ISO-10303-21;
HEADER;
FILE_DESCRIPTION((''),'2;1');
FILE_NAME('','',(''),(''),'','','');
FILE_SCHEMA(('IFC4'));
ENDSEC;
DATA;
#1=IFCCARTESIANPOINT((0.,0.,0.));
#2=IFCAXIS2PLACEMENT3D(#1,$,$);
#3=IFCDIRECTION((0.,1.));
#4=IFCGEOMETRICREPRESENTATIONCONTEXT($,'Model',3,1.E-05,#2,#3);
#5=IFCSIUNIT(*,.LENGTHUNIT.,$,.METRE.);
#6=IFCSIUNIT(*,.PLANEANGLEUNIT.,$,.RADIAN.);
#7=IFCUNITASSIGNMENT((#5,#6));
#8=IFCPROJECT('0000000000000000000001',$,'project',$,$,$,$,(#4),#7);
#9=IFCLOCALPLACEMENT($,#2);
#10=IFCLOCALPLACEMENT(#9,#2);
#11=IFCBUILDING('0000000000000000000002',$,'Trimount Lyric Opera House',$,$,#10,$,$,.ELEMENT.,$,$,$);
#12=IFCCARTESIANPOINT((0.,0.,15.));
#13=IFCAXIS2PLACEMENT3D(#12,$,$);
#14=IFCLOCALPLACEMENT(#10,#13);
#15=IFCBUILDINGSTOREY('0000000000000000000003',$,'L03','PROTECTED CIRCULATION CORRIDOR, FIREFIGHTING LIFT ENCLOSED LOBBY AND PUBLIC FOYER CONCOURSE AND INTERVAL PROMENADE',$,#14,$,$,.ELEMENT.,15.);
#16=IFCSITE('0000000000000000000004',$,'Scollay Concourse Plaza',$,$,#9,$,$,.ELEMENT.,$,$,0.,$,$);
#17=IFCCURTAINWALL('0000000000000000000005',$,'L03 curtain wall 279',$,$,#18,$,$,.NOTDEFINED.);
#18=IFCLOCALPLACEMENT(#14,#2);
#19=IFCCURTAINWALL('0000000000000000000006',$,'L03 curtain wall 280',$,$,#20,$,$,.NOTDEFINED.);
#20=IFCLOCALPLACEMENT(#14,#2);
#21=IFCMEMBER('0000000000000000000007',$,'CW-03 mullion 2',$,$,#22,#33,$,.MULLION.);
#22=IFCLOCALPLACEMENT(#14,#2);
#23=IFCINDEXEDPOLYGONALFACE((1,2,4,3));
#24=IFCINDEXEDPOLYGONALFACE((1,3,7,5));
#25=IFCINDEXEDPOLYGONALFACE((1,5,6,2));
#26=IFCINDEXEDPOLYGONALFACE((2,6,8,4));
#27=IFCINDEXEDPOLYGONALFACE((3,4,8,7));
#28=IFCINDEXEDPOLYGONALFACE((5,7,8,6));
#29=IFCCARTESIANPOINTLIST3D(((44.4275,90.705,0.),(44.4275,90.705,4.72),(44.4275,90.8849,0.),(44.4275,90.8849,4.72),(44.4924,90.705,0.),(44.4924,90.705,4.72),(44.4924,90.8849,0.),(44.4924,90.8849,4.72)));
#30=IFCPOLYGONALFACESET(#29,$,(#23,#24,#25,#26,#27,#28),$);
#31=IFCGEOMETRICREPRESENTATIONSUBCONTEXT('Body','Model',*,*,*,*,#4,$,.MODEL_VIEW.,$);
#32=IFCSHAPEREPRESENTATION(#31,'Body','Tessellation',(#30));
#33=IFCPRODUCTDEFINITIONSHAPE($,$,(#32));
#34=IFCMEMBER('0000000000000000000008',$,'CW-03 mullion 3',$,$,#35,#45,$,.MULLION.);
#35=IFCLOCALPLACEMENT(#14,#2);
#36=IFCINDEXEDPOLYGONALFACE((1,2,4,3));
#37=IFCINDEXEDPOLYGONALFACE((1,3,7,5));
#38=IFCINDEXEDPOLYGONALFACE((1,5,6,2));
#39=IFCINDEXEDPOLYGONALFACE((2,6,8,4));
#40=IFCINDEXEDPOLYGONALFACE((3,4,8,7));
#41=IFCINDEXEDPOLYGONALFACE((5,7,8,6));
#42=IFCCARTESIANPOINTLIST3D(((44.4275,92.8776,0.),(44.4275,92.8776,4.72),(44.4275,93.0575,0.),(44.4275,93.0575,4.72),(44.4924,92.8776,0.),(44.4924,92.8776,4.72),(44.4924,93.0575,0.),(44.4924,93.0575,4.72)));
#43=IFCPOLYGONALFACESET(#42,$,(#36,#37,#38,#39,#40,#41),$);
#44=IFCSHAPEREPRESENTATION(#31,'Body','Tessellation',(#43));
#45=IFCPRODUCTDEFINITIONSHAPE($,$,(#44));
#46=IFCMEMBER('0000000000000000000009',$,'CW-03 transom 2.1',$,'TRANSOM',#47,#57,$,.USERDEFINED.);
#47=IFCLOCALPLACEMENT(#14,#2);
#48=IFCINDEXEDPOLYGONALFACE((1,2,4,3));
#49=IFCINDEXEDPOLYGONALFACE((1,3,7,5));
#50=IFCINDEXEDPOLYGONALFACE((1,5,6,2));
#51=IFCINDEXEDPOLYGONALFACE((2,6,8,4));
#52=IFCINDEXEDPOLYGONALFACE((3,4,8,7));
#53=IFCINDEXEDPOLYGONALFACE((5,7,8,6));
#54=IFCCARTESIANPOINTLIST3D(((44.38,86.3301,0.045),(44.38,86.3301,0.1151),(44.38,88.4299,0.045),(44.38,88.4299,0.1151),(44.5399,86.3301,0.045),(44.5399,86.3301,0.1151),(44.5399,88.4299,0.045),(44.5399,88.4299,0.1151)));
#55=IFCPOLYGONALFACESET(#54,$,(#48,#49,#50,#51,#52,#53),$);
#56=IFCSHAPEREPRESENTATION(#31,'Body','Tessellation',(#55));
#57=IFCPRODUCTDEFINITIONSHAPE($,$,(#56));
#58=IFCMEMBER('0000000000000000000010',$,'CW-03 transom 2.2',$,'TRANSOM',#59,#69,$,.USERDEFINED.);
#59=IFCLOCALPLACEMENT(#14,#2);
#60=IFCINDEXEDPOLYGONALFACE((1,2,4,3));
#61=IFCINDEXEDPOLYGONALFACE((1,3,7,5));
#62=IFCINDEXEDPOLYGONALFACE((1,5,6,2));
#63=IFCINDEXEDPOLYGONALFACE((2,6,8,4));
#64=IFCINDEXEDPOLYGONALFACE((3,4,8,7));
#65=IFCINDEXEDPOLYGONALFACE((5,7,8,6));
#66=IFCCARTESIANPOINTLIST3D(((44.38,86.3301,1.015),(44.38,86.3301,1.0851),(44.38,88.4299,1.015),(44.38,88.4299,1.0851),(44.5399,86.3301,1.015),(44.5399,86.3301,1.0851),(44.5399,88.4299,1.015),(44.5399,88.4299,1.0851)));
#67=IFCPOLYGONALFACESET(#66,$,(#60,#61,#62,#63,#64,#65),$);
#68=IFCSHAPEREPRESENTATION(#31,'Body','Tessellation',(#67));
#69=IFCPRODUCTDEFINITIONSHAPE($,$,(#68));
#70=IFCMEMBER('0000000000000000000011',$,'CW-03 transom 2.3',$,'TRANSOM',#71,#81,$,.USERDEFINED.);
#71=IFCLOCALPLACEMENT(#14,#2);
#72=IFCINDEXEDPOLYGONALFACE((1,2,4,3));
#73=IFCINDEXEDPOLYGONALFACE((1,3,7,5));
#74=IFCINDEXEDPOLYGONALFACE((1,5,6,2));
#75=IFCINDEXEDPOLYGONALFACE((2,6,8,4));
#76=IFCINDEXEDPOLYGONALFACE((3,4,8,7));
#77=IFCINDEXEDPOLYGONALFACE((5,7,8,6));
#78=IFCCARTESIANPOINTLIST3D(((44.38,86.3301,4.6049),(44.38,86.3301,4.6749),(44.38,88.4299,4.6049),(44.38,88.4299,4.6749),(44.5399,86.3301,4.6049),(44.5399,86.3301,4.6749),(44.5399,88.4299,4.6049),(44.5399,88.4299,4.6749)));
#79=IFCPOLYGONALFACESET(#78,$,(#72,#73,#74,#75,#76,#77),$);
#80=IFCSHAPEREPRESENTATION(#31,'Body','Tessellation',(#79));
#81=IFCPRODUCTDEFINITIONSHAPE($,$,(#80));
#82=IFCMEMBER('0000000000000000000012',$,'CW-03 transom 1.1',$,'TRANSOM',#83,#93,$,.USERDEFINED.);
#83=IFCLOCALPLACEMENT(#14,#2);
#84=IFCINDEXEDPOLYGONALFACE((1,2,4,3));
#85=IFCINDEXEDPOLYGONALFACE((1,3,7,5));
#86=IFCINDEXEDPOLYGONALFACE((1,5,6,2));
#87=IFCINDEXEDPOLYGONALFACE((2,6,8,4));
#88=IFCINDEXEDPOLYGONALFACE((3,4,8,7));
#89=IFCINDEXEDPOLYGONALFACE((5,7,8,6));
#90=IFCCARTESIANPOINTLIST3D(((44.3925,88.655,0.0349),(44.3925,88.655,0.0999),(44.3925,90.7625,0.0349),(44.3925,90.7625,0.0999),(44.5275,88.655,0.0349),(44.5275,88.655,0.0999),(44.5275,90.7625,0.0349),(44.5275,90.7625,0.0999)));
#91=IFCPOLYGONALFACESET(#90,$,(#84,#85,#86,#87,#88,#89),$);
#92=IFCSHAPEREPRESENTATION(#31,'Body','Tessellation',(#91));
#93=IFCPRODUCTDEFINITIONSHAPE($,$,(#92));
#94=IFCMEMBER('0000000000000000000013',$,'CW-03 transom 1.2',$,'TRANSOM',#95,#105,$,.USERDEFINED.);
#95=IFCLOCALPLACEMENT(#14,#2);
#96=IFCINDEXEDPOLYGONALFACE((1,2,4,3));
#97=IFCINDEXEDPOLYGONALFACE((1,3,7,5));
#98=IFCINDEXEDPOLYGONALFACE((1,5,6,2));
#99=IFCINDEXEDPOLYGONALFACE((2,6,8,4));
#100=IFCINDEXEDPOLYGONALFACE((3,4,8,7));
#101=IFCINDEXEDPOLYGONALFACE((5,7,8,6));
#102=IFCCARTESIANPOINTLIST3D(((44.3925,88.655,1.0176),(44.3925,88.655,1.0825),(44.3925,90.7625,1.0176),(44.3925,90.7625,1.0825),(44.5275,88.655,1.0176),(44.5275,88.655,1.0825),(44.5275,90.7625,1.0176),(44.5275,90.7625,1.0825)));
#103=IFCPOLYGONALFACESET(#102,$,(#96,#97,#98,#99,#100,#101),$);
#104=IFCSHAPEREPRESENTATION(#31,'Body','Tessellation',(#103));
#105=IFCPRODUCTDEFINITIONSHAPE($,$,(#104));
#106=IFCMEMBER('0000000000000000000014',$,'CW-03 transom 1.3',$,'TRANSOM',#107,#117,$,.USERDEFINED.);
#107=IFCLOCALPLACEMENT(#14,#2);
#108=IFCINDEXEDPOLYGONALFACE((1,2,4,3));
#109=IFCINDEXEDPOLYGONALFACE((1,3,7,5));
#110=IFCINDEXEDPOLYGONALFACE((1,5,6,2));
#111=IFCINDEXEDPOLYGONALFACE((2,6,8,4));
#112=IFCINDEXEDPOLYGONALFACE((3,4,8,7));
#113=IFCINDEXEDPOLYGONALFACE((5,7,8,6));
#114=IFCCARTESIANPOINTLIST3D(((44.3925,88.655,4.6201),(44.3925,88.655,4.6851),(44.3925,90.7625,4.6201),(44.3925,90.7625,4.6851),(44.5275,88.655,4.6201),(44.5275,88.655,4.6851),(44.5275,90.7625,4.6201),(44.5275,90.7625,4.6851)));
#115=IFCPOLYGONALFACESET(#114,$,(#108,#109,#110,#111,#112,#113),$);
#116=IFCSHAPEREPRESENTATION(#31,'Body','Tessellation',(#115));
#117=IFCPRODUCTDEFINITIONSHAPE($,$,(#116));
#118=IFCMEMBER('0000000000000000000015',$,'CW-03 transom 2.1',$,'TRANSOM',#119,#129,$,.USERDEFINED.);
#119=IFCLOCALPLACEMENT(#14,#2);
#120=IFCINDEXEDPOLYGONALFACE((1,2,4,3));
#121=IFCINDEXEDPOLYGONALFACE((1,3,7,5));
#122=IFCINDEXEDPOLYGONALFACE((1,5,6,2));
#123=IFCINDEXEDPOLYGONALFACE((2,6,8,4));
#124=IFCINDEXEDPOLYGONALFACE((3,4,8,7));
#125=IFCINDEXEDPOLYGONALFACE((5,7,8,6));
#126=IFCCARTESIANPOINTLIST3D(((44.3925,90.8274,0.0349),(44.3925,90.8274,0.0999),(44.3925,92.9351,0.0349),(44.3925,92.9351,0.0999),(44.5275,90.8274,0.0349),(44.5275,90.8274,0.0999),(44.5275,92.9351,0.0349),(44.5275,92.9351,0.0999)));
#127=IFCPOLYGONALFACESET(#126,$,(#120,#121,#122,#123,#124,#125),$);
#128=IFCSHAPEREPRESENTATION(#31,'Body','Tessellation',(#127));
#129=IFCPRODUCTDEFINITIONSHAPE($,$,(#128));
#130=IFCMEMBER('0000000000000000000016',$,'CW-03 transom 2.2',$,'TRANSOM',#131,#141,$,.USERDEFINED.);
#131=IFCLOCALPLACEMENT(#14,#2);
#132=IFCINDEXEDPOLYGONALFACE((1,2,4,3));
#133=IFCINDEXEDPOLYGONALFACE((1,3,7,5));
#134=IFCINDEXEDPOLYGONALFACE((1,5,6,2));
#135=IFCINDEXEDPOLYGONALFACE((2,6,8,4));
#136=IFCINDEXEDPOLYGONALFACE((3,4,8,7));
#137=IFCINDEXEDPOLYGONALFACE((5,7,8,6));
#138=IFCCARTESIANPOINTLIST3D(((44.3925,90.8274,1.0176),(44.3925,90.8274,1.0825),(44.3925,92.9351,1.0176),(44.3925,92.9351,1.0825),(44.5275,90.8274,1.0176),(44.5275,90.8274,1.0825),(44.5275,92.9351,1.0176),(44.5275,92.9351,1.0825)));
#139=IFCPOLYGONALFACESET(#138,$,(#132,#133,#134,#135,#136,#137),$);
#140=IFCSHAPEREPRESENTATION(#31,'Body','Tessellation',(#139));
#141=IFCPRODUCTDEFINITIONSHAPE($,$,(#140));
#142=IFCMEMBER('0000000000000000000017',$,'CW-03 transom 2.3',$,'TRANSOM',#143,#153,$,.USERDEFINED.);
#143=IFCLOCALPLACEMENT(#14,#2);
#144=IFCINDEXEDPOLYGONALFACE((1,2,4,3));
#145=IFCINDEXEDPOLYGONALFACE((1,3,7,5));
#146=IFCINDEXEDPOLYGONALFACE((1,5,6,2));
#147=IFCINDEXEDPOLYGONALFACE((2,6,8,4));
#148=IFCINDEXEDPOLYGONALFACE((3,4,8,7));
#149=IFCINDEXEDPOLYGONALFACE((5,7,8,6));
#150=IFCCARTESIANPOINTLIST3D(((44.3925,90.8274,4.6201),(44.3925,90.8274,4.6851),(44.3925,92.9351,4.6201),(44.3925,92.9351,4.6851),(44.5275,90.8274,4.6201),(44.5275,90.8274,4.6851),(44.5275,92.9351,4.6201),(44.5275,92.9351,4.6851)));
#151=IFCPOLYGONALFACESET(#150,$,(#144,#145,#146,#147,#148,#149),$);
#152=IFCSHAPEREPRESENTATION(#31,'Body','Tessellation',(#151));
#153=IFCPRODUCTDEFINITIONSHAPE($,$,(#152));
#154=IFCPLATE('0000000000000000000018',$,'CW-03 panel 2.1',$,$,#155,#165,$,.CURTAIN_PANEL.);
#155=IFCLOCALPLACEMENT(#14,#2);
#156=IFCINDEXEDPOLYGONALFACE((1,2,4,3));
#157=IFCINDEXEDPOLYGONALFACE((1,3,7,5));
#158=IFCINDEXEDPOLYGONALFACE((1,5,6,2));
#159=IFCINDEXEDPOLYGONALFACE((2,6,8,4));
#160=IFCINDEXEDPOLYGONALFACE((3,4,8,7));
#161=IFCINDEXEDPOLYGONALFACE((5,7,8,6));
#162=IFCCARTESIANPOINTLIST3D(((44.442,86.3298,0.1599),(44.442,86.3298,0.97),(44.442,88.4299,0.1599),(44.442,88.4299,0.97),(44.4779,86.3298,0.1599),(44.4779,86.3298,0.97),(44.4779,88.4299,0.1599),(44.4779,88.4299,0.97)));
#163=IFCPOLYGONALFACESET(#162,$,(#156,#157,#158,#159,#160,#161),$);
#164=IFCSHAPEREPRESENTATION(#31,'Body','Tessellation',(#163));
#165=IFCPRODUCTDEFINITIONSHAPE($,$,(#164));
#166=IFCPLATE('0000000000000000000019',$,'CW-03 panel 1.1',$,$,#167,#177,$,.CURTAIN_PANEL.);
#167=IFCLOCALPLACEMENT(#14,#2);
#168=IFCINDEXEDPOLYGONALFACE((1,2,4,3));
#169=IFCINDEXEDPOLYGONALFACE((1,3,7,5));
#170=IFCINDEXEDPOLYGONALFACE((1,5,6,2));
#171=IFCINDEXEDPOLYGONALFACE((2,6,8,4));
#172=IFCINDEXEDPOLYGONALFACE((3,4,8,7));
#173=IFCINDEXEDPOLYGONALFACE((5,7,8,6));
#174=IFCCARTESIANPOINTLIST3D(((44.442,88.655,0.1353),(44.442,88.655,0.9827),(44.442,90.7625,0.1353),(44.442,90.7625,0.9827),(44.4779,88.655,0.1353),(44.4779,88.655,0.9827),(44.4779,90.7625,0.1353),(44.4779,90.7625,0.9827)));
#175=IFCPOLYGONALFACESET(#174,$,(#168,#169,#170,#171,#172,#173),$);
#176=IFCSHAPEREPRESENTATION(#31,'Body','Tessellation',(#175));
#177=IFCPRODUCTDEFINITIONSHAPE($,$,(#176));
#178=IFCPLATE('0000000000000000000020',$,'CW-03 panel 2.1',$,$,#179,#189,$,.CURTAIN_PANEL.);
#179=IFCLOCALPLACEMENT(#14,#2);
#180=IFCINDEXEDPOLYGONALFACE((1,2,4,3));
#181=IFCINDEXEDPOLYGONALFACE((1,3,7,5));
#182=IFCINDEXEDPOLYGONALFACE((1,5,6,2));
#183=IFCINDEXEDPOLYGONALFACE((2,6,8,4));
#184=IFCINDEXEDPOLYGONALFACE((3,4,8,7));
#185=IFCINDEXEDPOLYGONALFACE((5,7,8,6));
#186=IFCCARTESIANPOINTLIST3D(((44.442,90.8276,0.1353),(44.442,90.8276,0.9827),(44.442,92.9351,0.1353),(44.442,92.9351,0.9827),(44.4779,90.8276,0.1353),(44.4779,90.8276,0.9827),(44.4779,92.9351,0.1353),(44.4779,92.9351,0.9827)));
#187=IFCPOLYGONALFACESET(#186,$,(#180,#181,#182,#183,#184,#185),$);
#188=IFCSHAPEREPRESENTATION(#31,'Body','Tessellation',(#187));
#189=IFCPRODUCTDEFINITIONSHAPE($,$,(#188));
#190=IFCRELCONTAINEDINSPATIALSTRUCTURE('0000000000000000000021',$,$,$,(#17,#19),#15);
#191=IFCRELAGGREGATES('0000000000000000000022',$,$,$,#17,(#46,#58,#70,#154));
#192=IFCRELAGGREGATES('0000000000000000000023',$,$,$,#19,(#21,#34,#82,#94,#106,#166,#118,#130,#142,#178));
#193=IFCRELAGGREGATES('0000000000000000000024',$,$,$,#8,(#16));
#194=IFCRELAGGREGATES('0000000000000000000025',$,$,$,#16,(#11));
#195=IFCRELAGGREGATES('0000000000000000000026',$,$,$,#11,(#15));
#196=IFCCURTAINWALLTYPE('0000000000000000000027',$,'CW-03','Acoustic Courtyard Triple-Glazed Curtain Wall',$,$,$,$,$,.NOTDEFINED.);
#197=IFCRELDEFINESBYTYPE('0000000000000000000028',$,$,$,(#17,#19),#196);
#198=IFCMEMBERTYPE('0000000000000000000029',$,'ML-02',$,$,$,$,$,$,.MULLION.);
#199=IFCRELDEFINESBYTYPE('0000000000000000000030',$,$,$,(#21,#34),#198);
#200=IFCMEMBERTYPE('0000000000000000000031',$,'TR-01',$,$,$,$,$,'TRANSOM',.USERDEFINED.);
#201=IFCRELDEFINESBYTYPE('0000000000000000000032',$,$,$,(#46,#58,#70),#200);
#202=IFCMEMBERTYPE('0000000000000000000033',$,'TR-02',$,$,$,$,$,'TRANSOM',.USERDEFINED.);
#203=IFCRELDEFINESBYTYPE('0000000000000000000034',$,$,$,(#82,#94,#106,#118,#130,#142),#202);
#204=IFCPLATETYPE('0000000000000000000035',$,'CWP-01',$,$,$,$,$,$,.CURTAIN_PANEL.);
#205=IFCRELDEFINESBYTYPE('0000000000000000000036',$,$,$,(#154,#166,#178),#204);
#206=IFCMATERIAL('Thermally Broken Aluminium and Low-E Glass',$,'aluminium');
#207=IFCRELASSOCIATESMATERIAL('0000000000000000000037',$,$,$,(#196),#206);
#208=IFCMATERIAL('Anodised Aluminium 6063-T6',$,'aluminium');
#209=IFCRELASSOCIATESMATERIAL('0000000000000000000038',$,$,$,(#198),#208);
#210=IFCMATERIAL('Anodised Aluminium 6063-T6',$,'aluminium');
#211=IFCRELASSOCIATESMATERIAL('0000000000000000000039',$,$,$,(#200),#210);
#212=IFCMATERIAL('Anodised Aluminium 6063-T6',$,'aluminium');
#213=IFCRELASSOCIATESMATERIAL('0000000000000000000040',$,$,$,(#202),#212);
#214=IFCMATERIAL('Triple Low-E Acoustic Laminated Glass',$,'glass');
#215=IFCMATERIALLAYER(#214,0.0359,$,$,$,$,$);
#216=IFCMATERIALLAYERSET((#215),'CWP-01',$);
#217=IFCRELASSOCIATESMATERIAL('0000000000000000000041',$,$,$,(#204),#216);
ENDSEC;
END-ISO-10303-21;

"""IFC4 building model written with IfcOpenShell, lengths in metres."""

from ifc_helpers import new_model, si_unit, direction, frame, origin, origin_2d, place, context, subcontext, project, spatial, rectangle, extrude, material, layer, layer_set, material_profile, profile_set, type_object, element, aggregate, save


model = new_model("IFC4")

# Units and contexts
model_context = context("Model", 3, precision=1e-05, world=origin(), true_north=direction((0.0, 1.0)))
body_context = subcontext(model_context, "Body", "Model", "MODEL_VIEW")
ifc_project = project(units=[si_unit("LENGTHUNIT", "METRE"), si_unit("PLANEANGLEUNIT", "RADIAN")], contexts=[model_context])

# Site, building, storey
site_placement = place(None, origin())
site = spatial("IfcSite", under=ifc_project, at=site_placement, Name="Scollay Concourse Plaza", CompositionType="ELEMENT", RefElevation=0.0)
building_placement = place(site_placement, origin())
building = spatial("IfcBuilding", under=site, at=building_placement, Name="Trimount Lyric Opera House", CompositionType="ELEMENT")
storey_placement = place(building_placement, frame((0.0, 0.0, 15.0)))
storey = spatial("IfcBuildingStorey", under=building, at=storey_placement, Name="L03", Description="PROTECTED CIRCULATION CORRIDOR, FIREFIGHTING LIFT ENCLOSED LOBBY AND PUBLIC FOYER CONCOURSE AND INTERVAL PROMENADE", CompositionType="ELEMENT", Elevation=15.0)

# Curtain walls, members
ifc_material_1 = material(Name="Thermally Broken Aluminium and Low-E Glass", Category="aluminium")
curtain_wall_type = type_object("IfcCurtainWallType", Name="CW-03", Description="Acoustic Courtyard Triple-Glazed Curtain Wall", PredefinedType="NOTDEFINED", material=ifc_material_1)
curtain_wall_1_placement = place(storey_placement, origin())
curtain_wall_1 = element("IfcCurtainWall", 1, at=curtain_wall_1_placement, inside=storey, type_object=curtain_wall_type, Name="L03 curtain wall 279", PredefinedType="NOTDEFINED")
curtain_wall_2_placement = place(storey_placement, origin())
curtain_wall_2 = element("IfcCurtainWall", 2, at=curtain_wall_2_placement, inside=storey, type_object=curtain_wall_type, Name="L03 curtain wall 280", PredefinedType="NOTDEFINED")
ifc_material_2 = material(Name="Anodised Aluminium 6063-T6", Category="aluminium")
ifc_material_profile_1 = material_profile(ifc_material_2, rectangle(XDim=0.0649, YDim=0.1799, at=origin_2d()), Name="ALU-MULL-65X180")
ifc_profile_set_1 = profile_set([ifc_material_profile_1], Name="Anodised Aluminium 6063-T6")
member_type_1 = type_object("IfcMemberType", Name="ML-02", PredefinedType="MULLION", material=ifc_profile_set_1)
member_1_placement = place(storey_placement, frame((44.46, 90.7949, 0.0), z_axis=(0.0, 0.0, 1.0), x_axis=(-1.0, 0.0, 0.0)))
member_1 = element("IfcMember", 3, at=member_1_placement, type_object=member_type_1, Name="CW-03 mullion 2", PredefinedType="MULLION", context=body_context, shape_type="SweptSolid", body=[
    extrude(rectangle(XDim=0.0649, YDim=0.1799, at=origin_2d()), origin(), (0.0, 0.0, 1.0), 4.72),
])
member_2_placement = place(storey_placement, frame((44.46, 92.9675, 0.0), z_axis=(0.0, 0.0, 1.0), x_axis=(-1.0, 0.0, 0.0)))
member_2 = element("IfcMember", 4, at=member_2_placement, type_object=member_type_1, Name="CW-03 mullion 3", PredefinedType="MULLION", context=body_context, shape_type="SweptSolid", body=[
    extrude(rectangle(XDim=0.0649, YDim=0.1799, at=origin_2d()), origin(), (0.0, 0.0, 1.0), 4.72),
])

# Members
ifc_material_3 = material(Name="Anodised Aluminium 6063-T6", Category="aluminium")
ifc_material_profile_2 = material_profile(ifc_material_3, rectangle(XDim=0.1599, YDim=0.0701, at=origin_2d()), Name="ALU-TRAN-70X160")
ifc_profile_set_2 = profile_set([ifc_material_profile_2], Name="Anodised Aluminium 6063-T6")
member_type_2 = type_object("IfcMemberType", Name="TR-01", ElementType="TRANSOM", PredefinedType="USERDEFINED", material=ifc_profile_set_2)
member_3_placement = place(storey_placement, frame((44.46, 86.3301, 0.0801), z_axis=(0.0, 1.0, 0.0), x_axis=(-1.0, 0.0, 0.0)))
member_3 = element("IfcMember", 5, at=member_3_placement, type_object=member_type_2, Name="CW-03 transom 2.1", ObjectType="TRANSOM", PredefinedType="USERDEFINED", context=body_context, shape_type="SweptSolid", body=[
    extrude(rectangle(XDim=0.1599, YDim=0.0701, at=origin_2d()), origin(), (0.0, 0.0, 1.0), 2.0999),
])
member_4_placement = place(storey_placement, frame((44.46, 86.3301, 1.05), z_axis=(0.0, 1.0, 0.0), x_axis=(-1.0, 0.0, 0.0)))
member_4 = element("IfcMember", 6, at=member_4_placement, type_object=member_type_2, Name="CW-03 transom 2.2", ObjectType="TRANSOM", PredefinedType="USERDEFINED", context=body_context, shape_type="SweptSolid", body=[
    extrude(rectangle(XDim=0.1599, YDim=0.0701, at=origin_2d()), origin(), (0.0, 0.0, 1.0), 2.0999),
])
member_5_placement = place(storey_placement, frame((44.46, 86.3301, 4.6399), z_axis=(0.0, 1.0, 0.0), x_axis=(-1.0, 0.0, 0.0)))
member_5 = element("IfcMember", 7, at=member_5_placement, type_object=member_type_2, Name="CW-03 transom 2.3", ObjectType="TRANSOM", PredefinedType="USERDEFINED", context=body_context, shape_type="SweptSolid", body=[
    extrude(rectangle(XDim=0.1599, YDim=0.0701, at=origin_2d()), origin(), (0.0, 0.0, 1.0), 2.0999),
])
ifc_material_4 = material(Name="Anodised Aluminium 6063-T6", Category="aluminium")
ifc_material_profile_3 = material_profile(ifc_material_4, rectangle(XDim=0.135, YDim=0.0649, at=origin_2d()), Name="ALU-TRAN-65X135")
ifc_profile_set_3 = profile_set([ifc_material_profile_3], Name="Anodised Aluminium 6063-T6")
member_type_3 = type_object("IfcMemberType", Name="TR-02", ElementType="TRANSOM", PredefinedType="USERDEFINED", material=ifc_profile_set_3)
member_6_placement = place(storey_placement, frame((44.46, 88.655, 0.0674), z_axis=(0.0, 1.0, 0.0), x_axis=(-1.0, 0.0, 0.0)))
member_6 = element("IfcMember", 8, at=member_6_placement, type_object=member_type_3, Name="CW-03 transom 1.1", ObjectType="TRANSOM", PredefinedType="USERDEFINED", context=body_context, shape_type="SweptSolid", body=[
    extrude(rectangle(XDim=0.135, YDim=0.0649, at=origin_2d()), origin(), (0.0, 0.0, 1.0), 2.1074),
])
member_7_placement = place(storey_placement, frame((44.46, 88.655, 1.05), z_axis=(0.0, 1.0, 0.0), x_axis=(-1.0, 0.0, 0.0)))
member_7 = element("IfcMember", 9, at=member_7_placement, type_object=member_type_3, Name="CW-03 transom 1.2", ObjectType="TRANSOM", PredefinedType="USERDEFINED", context=body_context, shape_type="SweptSolid", body=[
    extrude(rectangle(XDim=0.135, YDim=0.0649, at=origin_2d()), origin(), (0.0, 0.0, 1.0), 2.1074),
])
member_8_placement = place(storey_placement, frame((44.46, 88.655, 4.6526), z_axis=(0.0, 1.0, 0.0), x_axis=(-1.0, 0.0, 0.0)))
member_8 = element("IfcMember", 10, at=member_8_placement, type_object=member_type_3, Name="CW-03 transom 1.3", ObjectType="TRANSOM", PredefinedType="USERDEFINED", context=body_context, shape_type="SweptSolid", body=[
    extrude(rectangle(XDim=0.135, YDim=0.0649, at=origin_2d()), origin(), (0.0, 0.0, 1.0), 2.1074),
])
member_9_placement = place(storey_placement, frame((44.46, 90.8274, 0.0674), z_axis=(0.0, 1.0, 0.0), x_axis=(-1.0, 0.0, 0.0)))
member_9 = element("IfcMember", 11, at=member_9_placement, type_object=member_type_3, Name="CW-03 transom 2.1", ObjectType="TRANSOM", PredefinedType="USERDEFINED", context=body_context, shape_type="SweptSolid", body=[
    extrude(rectangle(XDim=0.135, YDim=0.0649, at=origin_2d()), origin(), (0.0, 0.0, 1.0), 2.1077),
])
member_10_placement = place(storey_placement, frame((44.46, 90.8274, 1.05), z_axis=(0.0, 1.0, 0.0), x_axis=(-1.0, 0.0, 0.0)))
member_10 = element("IfcMember", 12, at=member_10_placement, type_object=member_type_3, Name="CW-03 transom 2.2", ObjectType="TRANSOM", PredefinedType="USERDEFINED", context=body_context, shape_type="SweptSolid", body=[
    extrude(rectangle(XDim=0.135, YDim=0.0649, at=origin_2d()), origin(), (0.0, 0.0, 1.0), 2.1077),
])
member_11_placement = place(storey_placement, frame((44.46, 90.8274, 4.6526), z_axis=(0.0, 1.0, 0.0), x_axis=(-1.0, 0.0, 0.0)))
member_11 = element("IfcMember", 13, at=member_11_placement, type_object=member_type_3, Name="CW-03 transom 2.3", ObjectType="TRANSOM", PredefinedType="USERDEFINED", context=body_context, shape_type="SweptSolid", body=[
    extrude(rectangle(XDim=0.135, YDim=0.0649, at=origin_2d()), origin(), (0.0, 0.0, 1.0), 2.1077),
])

# Plates
ifc_material_5 = material(Name="Triple Low-E Acoustic Laminated Glass", Category="glass")
ifc_layer_1 = layer(ifc_material_5, 0.0359)
ifc_layer_set_1 = layer_set([ifc_layer_1], Name="CWP-01")
plate_type_1 = type_object("IfcPlateType", Name="CWP-01", PredefinedType="CURTAIN_PANEL", material=ifc_layer_set_1)
plate_1_placement = place(storey_placement, frame((44.46, 87.3799, 0.1599), z_axis=(0.0, 0.0, 1.0), x_axis=(0.0, 1.0, 0.0)))
plate_1 = element("IfcPlate", 14, at=plate_1_placement, type_object=plate_type_1, Name="CW-03 panel 2.1", PredefinedType="CURTAIN_PANEL", context=body_context, shape_type="SweptSolid", body=[
    extrude(rectangle(XDim=2.1001, YDim=0.0359, at=origin_2d()), origin(), (0.0, 0.0, 1.0), 0.8101),
])
plate_2_placement = place(storey_placement, frame((44.46, 89.7087, 0.1353), z_axis=(0.0, 0.0, 1.0), x_axis=(0.0, 1.0, 0.0)))
plate_2 = element("IfcPlate", 15, at=plate_2_placement, type_object=plate_type_1, Name="CW-03 panel 1.1", PredefinedType="CURTAIN_PANEL", context=body_context, shape_type="SweptSolid", body=[
    extrude(rectangle(XDim=2.1074, YDim=0.0359, at=origin_2d()), origin(), (0.0, 0.0, 1.0), 0.8474),
])
plate_3_placement = place(storey_placement, frame((44.46, 91.8813, 0.1353), z_axis=(0.0, 0.0, 1.0), x_axis=(0.0, 1.0, 0.0)))
plate_3 = element("IfcPlate", 16, at=plate_3_placement, type_object=plate_type_1, Name="CW-03 panel 2.1", PredefinedType="CURTAIN_PANEL", context=body_context, shape_type="SweptSolid", body=[
    extrude(rectangle(XDim=2.1074, YDim=0.0359, at=origin_2d()), origin(), (0.0, 0.0, 1.0), 0.8474),
])
aggregate(curtain_wall_1, [member_3, member_4, member_5, plate_1])
aggregate(curtain_wall_2, [member_1, member_2, member_6, member_7, member_8, plate_2, member_9, member_10, member_11, plate_3])

save(model, "model.ifc")
